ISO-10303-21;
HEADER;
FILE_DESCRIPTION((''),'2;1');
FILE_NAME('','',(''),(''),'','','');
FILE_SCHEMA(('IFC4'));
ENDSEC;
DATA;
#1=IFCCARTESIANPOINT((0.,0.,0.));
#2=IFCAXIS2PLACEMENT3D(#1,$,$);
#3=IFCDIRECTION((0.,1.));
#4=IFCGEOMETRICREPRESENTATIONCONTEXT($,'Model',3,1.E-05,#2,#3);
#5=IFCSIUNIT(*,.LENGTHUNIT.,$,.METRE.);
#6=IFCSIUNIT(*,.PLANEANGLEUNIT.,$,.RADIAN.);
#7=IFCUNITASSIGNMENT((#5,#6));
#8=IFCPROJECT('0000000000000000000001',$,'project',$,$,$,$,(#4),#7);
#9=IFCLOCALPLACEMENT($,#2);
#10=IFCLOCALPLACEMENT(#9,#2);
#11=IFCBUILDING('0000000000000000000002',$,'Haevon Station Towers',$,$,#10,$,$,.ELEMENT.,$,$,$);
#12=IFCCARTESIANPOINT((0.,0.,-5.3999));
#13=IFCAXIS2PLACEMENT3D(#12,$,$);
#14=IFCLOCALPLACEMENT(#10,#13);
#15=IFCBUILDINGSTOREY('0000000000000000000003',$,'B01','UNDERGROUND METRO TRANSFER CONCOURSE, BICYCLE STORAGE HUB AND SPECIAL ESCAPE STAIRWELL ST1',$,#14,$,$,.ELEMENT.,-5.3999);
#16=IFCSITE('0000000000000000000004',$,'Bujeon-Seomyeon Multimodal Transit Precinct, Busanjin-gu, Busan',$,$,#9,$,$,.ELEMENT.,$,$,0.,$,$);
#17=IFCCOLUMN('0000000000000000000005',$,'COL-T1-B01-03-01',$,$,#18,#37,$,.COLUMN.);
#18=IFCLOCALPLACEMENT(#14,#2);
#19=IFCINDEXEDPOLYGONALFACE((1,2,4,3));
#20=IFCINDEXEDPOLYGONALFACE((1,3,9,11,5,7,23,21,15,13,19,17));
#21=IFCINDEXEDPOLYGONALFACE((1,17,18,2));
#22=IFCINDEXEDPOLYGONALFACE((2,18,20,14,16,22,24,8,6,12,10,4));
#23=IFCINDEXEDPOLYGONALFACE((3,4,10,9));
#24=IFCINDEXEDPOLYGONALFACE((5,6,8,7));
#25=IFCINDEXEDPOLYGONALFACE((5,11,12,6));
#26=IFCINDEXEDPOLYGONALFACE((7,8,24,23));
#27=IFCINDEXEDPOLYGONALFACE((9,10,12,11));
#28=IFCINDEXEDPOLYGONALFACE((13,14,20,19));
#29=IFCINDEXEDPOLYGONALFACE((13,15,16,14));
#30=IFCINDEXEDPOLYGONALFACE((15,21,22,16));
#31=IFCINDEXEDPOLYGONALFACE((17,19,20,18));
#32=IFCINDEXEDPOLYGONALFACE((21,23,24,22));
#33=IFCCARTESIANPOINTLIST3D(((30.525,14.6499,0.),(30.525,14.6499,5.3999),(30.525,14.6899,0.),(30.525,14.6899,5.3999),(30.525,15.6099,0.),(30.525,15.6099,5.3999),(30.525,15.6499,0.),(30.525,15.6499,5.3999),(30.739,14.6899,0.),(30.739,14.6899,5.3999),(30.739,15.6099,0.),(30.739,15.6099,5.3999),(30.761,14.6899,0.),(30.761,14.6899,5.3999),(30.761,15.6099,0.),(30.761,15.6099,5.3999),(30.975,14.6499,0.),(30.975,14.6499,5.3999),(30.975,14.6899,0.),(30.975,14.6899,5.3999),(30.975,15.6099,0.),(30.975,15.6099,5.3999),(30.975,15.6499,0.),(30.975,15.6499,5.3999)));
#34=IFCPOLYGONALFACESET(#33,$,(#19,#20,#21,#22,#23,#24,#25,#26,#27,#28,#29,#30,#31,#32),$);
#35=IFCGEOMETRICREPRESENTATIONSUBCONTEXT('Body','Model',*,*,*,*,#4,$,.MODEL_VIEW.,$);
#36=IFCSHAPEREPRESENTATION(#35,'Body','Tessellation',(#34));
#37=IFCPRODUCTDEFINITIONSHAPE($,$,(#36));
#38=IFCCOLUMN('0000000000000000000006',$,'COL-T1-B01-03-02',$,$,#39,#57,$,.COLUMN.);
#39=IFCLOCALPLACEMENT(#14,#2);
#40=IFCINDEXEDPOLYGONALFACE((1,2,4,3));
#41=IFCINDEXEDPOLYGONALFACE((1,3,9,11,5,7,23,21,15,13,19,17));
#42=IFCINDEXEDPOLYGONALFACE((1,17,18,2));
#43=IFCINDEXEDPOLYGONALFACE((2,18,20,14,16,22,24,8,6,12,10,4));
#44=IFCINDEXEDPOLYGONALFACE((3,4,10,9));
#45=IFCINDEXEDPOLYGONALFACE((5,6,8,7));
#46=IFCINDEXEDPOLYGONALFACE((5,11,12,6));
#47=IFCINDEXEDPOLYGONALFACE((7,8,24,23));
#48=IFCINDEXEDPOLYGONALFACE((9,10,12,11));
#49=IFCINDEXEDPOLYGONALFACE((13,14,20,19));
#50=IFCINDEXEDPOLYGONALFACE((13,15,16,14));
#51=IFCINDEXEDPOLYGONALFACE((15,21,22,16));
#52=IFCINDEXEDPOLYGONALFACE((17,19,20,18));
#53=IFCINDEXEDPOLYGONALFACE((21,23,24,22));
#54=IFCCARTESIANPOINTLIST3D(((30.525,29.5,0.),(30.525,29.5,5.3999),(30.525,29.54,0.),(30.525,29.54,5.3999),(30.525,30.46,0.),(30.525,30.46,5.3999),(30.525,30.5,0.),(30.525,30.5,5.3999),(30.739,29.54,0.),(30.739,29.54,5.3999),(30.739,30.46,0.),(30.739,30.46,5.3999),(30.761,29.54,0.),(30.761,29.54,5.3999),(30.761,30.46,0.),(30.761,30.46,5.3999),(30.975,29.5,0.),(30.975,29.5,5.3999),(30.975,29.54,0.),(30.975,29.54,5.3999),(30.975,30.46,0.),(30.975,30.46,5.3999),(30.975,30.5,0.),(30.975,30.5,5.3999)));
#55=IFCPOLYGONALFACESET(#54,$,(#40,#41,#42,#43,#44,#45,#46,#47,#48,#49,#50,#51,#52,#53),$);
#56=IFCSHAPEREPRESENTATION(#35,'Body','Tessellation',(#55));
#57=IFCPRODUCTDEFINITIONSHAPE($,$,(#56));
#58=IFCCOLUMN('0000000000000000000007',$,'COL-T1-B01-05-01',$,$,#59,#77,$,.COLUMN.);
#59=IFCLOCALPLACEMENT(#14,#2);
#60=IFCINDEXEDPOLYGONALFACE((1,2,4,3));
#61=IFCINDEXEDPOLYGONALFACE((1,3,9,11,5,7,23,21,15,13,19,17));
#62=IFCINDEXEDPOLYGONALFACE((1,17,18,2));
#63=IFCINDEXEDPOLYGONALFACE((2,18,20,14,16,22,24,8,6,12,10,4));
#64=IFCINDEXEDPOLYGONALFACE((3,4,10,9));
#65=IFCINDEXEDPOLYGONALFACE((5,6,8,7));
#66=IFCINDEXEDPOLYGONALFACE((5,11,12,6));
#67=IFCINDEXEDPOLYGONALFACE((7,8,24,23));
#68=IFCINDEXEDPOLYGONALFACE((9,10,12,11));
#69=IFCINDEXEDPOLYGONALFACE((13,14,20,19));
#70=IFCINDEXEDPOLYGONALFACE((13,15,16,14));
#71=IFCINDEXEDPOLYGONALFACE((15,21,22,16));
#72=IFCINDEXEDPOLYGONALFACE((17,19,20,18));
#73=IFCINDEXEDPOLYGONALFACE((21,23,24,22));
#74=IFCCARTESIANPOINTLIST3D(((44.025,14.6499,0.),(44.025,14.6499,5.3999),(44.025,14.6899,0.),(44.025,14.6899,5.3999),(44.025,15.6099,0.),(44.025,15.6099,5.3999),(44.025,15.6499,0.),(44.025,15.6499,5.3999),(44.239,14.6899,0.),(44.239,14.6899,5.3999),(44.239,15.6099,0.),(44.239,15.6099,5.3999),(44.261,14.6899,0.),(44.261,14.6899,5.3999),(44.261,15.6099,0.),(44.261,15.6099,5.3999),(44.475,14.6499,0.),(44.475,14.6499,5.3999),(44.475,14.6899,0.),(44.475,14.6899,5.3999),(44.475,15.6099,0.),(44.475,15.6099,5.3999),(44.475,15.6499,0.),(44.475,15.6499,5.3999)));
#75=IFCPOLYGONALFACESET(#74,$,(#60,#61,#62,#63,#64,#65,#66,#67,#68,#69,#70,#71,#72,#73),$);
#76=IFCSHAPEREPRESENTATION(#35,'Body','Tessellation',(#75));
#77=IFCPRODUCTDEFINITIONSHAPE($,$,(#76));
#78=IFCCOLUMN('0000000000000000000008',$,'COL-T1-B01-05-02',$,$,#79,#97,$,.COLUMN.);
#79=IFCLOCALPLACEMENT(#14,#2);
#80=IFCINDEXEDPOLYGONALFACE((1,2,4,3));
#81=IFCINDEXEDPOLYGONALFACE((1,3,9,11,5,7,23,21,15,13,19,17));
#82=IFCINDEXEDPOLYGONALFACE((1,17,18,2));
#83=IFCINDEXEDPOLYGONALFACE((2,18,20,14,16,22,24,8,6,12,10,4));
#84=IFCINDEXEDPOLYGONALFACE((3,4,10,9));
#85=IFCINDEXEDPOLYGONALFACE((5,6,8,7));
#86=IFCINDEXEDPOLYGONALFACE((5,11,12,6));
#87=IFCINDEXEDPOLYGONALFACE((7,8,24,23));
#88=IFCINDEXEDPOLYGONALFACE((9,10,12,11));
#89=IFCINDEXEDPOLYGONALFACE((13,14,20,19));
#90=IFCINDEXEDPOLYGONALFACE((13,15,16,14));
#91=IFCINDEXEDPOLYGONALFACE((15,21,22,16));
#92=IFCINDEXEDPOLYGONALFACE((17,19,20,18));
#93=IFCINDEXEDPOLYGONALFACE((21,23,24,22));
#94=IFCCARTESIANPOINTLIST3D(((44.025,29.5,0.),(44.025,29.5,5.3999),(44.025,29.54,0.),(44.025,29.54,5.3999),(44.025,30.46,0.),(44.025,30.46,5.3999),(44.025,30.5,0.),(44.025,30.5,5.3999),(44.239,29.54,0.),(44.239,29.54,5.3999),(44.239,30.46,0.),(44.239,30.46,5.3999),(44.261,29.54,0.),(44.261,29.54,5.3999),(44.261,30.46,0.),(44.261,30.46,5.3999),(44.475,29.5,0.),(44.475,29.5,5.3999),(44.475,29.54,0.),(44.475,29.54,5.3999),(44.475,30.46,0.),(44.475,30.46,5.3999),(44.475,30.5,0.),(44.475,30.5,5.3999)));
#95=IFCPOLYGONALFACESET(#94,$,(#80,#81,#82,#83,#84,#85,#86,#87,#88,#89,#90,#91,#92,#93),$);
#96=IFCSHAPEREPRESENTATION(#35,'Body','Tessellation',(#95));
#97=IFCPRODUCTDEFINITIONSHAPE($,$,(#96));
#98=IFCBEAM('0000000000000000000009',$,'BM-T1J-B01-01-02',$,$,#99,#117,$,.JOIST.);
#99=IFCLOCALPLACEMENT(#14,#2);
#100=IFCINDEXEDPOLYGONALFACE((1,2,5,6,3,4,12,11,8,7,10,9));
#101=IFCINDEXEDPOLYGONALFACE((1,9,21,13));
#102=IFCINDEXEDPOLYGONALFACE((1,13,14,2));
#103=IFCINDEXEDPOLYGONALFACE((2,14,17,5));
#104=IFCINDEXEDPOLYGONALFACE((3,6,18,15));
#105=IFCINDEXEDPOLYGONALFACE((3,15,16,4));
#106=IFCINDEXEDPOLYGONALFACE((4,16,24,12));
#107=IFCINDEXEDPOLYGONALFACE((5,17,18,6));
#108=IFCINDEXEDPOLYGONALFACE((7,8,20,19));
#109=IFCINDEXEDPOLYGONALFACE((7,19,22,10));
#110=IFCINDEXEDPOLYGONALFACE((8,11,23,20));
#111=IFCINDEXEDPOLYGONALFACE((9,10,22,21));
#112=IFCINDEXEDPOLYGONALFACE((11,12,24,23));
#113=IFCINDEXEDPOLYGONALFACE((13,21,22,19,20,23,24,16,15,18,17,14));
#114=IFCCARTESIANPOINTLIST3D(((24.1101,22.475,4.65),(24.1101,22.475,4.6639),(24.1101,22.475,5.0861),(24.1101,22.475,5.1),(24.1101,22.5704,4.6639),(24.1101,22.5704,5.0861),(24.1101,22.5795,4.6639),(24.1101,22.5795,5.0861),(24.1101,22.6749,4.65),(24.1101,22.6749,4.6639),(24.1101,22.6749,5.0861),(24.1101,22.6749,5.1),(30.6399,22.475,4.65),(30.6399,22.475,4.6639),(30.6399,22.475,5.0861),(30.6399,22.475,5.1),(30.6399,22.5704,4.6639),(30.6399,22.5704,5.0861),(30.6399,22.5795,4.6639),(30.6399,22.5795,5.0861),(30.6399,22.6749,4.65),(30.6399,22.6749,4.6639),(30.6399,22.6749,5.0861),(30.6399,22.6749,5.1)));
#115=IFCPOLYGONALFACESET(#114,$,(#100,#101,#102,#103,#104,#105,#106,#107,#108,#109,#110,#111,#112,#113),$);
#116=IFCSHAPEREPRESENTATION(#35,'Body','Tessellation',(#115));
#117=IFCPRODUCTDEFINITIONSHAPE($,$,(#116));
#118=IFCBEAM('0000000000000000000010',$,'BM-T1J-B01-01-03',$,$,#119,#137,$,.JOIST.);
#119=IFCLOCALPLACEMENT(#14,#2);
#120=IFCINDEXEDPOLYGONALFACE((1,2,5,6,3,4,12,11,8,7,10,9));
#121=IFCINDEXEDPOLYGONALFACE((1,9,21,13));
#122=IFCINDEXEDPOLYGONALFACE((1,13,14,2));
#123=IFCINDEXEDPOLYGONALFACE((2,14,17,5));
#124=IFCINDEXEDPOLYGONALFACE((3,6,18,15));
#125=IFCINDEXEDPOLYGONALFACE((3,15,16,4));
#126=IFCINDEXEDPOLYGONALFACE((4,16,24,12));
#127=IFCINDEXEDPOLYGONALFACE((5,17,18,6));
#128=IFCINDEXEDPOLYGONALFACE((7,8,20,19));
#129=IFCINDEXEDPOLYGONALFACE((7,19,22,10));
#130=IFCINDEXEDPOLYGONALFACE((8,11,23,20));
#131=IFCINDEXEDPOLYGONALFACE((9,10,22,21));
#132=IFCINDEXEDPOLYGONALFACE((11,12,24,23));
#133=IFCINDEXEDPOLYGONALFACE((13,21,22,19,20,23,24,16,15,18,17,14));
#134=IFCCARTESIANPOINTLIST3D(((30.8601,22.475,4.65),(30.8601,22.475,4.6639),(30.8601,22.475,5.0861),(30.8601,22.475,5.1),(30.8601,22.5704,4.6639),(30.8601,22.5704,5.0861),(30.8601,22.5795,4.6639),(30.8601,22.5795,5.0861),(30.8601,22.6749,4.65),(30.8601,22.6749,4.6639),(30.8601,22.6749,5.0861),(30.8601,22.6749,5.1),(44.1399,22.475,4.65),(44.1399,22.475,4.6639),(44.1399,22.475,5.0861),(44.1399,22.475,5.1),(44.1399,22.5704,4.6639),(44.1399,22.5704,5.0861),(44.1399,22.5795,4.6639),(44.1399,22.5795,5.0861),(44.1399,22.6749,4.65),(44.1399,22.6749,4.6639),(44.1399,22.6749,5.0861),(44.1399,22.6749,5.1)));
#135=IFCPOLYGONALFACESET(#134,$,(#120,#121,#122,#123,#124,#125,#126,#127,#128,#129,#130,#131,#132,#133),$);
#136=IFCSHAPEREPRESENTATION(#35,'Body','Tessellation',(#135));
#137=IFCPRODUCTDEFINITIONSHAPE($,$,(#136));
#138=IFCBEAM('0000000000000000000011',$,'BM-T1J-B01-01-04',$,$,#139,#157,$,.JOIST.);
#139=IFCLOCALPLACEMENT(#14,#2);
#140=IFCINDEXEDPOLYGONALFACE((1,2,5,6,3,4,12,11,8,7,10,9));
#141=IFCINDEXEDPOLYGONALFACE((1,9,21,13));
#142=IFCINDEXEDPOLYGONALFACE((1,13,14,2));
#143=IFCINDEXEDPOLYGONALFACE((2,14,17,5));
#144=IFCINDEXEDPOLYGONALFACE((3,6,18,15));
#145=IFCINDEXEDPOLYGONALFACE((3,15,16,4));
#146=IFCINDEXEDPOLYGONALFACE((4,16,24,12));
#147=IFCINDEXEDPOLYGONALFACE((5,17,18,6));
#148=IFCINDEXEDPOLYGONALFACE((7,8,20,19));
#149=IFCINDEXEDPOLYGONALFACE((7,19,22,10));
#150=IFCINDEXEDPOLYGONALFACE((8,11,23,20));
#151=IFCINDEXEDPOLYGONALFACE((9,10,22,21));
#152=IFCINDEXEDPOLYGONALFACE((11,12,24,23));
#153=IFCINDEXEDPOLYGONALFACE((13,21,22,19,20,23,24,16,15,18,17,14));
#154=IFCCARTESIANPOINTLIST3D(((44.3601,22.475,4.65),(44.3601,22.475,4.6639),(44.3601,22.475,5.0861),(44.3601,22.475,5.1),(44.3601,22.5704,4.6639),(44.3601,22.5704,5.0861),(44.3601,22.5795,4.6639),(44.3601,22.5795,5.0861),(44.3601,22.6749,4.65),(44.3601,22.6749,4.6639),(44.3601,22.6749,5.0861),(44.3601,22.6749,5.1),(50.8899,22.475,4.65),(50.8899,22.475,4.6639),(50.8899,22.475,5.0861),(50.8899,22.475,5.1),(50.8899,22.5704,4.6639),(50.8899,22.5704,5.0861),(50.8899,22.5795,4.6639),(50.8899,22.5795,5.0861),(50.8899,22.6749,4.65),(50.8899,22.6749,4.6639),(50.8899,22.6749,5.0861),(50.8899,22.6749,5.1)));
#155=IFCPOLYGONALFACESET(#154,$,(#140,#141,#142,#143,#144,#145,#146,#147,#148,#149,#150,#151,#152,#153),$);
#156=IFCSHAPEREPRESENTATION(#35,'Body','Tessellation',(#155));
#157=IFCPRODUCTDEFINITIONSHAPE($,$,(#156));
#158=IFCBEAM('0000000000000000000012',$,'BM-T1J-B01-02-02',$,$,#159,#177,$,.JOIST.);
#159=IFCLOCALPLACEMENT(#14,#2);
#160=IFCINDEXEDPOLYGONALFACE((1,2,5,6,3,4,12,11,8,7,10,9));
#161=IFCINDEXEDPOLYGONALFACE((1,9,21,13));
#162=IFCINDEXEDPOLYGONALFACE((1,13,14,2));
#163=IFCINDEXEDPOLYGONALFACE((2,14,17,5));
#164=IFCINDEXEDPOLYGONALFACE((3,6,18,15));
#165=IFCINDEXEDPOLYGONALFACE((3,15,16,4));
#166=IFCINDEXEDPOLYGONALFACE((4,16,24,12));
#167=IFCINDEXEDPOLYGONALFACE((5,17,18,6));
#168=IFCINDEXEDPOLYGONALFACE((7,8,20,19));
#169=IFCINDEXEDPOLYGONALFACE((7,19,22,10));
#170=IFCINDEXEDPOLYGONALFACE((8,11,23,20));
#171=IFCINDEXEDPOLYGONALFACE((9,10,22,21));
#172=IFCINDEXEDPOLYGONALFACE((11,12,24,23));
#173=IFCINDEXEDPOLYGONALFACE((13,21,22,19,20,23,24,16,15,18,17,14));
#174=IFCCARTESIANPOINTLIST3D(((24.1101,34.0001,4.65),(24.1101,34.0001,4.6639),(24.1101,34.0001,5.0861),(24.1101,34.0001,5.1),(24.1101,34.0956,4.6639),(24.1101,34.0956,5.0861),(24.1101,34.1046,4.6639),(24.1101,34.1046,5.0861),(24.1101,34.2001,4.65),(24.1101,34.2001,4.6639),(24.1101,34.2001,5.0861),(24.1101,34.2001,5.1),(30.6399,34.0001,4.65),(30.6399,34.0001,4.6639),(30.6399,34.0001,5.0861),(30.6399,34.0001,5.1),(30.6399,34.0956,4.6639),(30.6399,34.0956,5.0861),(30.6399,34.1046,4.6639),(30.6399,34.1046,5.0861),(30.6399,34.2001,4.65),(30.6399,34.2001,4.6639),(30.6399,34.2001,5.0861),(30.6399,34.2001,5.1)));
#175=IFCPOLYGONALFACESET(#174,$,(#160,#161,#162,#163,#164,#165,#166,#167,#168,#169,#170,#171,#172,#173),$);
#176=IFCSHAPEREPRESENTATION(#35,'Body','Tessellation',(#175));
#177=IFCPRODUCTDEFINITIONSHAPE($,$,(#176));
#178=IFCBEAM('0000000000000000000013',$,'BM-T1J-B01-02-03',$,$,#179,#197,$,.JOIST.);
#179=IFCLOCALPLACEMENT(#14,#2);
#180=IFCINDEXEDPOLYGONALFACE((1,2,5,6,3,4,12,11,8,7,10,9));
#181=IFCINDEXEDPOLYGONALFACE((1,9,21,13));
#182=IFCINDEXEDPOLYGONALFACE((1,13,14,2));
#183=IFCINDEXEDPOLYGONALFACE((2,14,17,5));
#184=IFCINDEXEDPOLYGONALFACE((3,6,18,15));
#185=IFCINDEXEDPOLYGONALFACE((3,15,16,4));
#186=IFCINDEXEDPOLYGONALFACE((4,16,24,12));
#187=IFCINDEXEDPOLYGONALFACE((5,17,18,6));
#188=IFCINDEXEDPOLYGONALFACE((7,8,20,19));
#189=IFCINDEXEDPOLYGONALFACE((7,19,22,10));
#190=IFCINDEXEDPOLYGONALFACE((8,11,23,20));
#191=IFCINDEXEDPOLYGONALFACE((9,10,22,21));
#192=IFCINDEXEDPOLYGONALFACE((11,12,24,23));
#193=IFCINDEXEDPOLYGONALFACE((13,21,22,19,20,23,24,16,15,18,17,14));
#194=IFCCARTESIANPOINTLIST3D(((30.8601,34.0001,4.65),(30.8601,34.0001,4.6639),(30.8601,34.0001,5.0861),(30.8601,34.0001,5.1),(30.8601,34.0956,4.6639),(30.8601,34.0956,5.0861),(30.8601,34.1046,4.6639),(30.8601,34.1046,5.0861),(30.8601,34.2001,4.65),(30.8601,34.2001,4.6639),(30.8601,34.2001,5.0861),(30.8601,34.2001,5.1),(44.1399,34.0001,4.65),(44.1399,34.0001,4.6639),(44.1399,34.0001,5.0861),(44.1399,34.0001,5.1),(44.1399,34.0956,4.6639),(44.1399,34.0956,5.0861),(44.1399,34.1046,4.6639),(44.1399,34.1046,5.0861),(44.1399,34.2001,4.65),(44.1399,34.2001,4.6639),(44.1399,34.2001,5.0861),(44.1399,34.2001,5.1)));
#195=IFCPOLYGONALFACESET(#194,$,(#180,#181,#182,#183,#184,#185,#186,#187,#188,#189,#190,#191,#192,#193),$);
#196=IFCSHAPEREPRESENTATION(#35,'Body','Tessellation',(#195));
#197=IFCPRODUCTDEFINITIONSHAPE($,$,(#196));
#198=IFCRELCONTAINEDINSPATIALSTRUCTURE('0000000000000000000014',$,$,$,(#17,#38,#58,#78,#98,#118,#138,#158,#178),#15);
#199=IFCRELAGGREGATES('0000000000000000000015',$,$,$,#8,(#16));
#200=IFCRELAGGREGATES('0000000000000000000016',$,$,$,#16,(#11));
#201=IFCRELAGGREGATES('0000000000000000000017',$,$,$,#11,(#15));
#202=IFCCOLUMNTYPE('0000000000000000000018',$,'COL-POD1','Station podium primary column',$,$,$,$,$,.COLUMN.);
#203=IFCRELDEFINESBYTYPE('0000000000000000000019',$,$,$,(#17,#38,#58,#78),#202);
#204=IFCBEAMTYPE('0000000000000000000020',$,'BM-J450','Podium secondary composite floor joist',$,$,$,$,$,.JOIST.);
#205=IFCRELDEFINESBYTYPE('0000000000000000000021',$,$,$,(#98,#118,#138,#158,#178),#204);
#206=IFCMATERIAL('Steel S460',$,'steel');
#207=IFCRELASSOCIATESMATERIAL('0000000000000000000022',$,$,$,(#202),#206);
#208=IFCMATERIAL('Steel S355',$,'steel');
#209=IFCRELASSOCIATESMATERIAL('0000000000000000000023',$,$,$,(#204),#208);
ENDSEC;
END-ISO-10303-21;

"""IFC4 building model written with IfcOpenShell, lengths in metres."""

from ifc_helpers import new_model, si_unit, direction, frame, origin, origin_2d, place, context, subcontext, project, spatial, i_section, extrude, material, material_profile, profile_set, type_object, element, save


model = new_model("IFC4")

# Units and contexts
model_context = context("Model", 3, precision=1e-05, world=origin(), true_north=direction((0.0, 1.0)))
body_context = subcontext(model_context, "Body", "Model", "MODEL_VIEW")
ifc_project = project(units=[si_unit("LENGTHUNIT", "METRE"), si_unit("PLANEANGLEUNIT", "RADIAN")], contexts=[model_context])

# Site, building, storey
site_placement = place(None, origin())
site = spatial("IfcSite", under=ifc_project, at=site_placement, Name="Bujeon-Seomyeon Multimodal Transit Precinct, Busanjin-gu, Busan", CompositionType="ELEMENT", RefElevation=0.0)
building_placement = place(site_placement, origin())
building = spatial("IfcBuilding", under=site, at=building_placement, Name="Haevon Station Towers", CompositionType="ELEMENT")
storey_placement = place(building_placement, frame((0.0, 0.0, -5.3999)))
storey = spatial("IfcBuildingStorey", under=building, at=storey_placement, Name="B01", Description="UNDERGROUND METRO TRANSFER CONCOURSE, BICYCLE STORAGE HUB AND SPECIAL ESCAPE STAIRWELL ST1", CompositionType="ELEMENT", Elevation=-5.3999)

# Columns
ifc_material_1 = material(Name="Steel S460", Category="steel")
ifc_material_profile_1 = material_profile(ifc_material_1, i_section(OverallWidth=0.45, OverallDepth=1.0, WebThickness=0.022, FlangeThickness=0.04, at=origin_2d()), Name="H-1000x450x22x40")
ifc_profile_set_1 = profile_set([ifc_material_profile_1], Name="Steel S460")
column_type = type_object("IfcColumnType", Name="COL-POD1", Description="Station podium primary column", PredefinedType="COLUMN", material=ifc_profile_set_1)
for number, where, z_axis, x_axis, name in (
    (1, (30.75, 15.1499, 0.0), (0.0, 0.0, 1.0), (1.0, 0.0, 0.0), "COL-T1-B01-03-01"),
    (2, (30.75, 30.0, 0.0), (0.0, 0.0, 1.0), (1.0, 0.0, 0.0), "COL-T1-B01-03-02"),
    (3, (44.25, 15.1499, 0.0), (0.0, 0.0, 1.0), (1.0, 0.0, 0.0), "COL-T1-B01-05-01"),
    (4, (44.25, 30.0, 0.0), (0.0, 0.0, 1.0), (1.0, 0.0, 0.0), "COL-T1-B01-05-02"),
):
    element("IfcColumn", number, at=place(storey_placement, frame(where, z_axis=z_axis, x_axis=x_axis)), inside=storey, type_object=column_type, Name=name, PredefinedType="COLUMN", context=body_context, shape_type="SweptSolid", body=[
        extrude(i_section(OverallWidth=0.45, OverallDepth=1.0, WebThickness=0.022, FlangeThickness=0.04, at=origin_2d()), origin(), (0.0, 0.0, 1.0), 5.3999),
    ])

# Beams
ifc_material_2 = material(Name="Steel S355", Category="steel")
ifc_material_profile_2 = material_profile(ifc_material_2, i_section(OverallWidth=0.2, OverallDepth=0.45, WebThickness=0.009, FlangeThickness=0.0139, at=origin_2d()), Name="H-450x200x9x14")
ifc_profile_set_2 = profile_set([ifc_material_profile_2], Name="Steel S355")
beam_type_1 = type_object("IfcBeamType", Name="BM-J450", Description="Podium secondary composite floor joist", PredefinedType="JOIST", material=ifc_profile_set_2)
beam_1_placement = place(storey_placement, frame((24.1101, 22.575, 4.875), z_axis=(1.0, 0.0, 0.0), x_axis=(0.0, 1.0, 0.0)))
element("IfcBeam", 5, at=beam_1_placement, inside=storey, type_object=beam_type_1, Name="BM-T1J-B01-01-02", PredefinedType="JOIST", context=body_context, shape_type="SweptSolid", body=[
    extrude(i_section(OverallWidth=0.2, OverallDepth=0.45, WebThickness=0.009, FlangeThickness=0.0139, at=origin_2d()), origin(), (0.0, 0.0, 1.0), 6.5298),
])
beam_2_placement = place(storey_placement, frame((30.8601, 22.575, 4.875), z_axis=(1.0, 0.0, 0.0), x_axis=(0.0, 1.0, 0.0)))
element("IfcBeam", 6, at=beam_2_placement, inside=storey, type_object=beam_type_1, Name="BM-T1J-B01-01-03", PredefinedType="JOIST", context=body_context, shape_type="SweptSolid", body=[
    extrude(i_section(OverallWidth=0.2, OverallDepth=0.45, WebThickness=0.009, FlangeThickness=0.0139, at=origin_2d()), origin(), (0.0, 0.0, 1.0), 13.2798),
])
for number, where, z_axis, x_axis, name in (
    (7, (44.3601, 22.575, 4.875), (1.0, 0.0, 0.0), (0.0, 1.0, 0.0), "BM-T1J-B01-01-04"),
    (8, (24.1101, 34.1001, 4.875), (1.0, 0.0, 0.0), (0.0, 1.0, 0.0), "BM-T1J-B01-02-02"),
):
    element("IfcBeam", number, at=place(storey_placement, frame(where, z_axis=z_axis, x_axis=x_axis)), inside=storey, type_object=beam_type_1, Name=name, PredefinedType="JOIST", context=body_context, shape_type="SweptSolid", body=[
        extrude(i_section(OverallWidth=0.2, OverallDepth=0.45, WebThickness=0.009, FlangeThickness=0.0139, at=origin_2d()), origin(), (0.0, 0.0, 1.0), 6.5298),
    ])
beam_3_placement = place(storey_placement, frame((30.8601, 34.1001, 4.875), z_axis=(1.0, 0.0, 0.0), x_axis=(0.0, 1.0, 0.0)))
element("IfcBeam", 9, at=beam_3_placement, inside=storey, type_object=beam_type_1, Name="BM-T1J-B01-02-03", PredefinedType="JOIST", context=body_context, shape_type="SweptSolid", body=[
    extrude(i_section(OverallWidth=0.2, OverallDepth=0.45, WebThickness=0.009, FlangeThickness=0.0139, at=origin_2d()), origin(), (0.0, 0.0, 1.0), 13.2798),
])

save(model, "model.ifc")
